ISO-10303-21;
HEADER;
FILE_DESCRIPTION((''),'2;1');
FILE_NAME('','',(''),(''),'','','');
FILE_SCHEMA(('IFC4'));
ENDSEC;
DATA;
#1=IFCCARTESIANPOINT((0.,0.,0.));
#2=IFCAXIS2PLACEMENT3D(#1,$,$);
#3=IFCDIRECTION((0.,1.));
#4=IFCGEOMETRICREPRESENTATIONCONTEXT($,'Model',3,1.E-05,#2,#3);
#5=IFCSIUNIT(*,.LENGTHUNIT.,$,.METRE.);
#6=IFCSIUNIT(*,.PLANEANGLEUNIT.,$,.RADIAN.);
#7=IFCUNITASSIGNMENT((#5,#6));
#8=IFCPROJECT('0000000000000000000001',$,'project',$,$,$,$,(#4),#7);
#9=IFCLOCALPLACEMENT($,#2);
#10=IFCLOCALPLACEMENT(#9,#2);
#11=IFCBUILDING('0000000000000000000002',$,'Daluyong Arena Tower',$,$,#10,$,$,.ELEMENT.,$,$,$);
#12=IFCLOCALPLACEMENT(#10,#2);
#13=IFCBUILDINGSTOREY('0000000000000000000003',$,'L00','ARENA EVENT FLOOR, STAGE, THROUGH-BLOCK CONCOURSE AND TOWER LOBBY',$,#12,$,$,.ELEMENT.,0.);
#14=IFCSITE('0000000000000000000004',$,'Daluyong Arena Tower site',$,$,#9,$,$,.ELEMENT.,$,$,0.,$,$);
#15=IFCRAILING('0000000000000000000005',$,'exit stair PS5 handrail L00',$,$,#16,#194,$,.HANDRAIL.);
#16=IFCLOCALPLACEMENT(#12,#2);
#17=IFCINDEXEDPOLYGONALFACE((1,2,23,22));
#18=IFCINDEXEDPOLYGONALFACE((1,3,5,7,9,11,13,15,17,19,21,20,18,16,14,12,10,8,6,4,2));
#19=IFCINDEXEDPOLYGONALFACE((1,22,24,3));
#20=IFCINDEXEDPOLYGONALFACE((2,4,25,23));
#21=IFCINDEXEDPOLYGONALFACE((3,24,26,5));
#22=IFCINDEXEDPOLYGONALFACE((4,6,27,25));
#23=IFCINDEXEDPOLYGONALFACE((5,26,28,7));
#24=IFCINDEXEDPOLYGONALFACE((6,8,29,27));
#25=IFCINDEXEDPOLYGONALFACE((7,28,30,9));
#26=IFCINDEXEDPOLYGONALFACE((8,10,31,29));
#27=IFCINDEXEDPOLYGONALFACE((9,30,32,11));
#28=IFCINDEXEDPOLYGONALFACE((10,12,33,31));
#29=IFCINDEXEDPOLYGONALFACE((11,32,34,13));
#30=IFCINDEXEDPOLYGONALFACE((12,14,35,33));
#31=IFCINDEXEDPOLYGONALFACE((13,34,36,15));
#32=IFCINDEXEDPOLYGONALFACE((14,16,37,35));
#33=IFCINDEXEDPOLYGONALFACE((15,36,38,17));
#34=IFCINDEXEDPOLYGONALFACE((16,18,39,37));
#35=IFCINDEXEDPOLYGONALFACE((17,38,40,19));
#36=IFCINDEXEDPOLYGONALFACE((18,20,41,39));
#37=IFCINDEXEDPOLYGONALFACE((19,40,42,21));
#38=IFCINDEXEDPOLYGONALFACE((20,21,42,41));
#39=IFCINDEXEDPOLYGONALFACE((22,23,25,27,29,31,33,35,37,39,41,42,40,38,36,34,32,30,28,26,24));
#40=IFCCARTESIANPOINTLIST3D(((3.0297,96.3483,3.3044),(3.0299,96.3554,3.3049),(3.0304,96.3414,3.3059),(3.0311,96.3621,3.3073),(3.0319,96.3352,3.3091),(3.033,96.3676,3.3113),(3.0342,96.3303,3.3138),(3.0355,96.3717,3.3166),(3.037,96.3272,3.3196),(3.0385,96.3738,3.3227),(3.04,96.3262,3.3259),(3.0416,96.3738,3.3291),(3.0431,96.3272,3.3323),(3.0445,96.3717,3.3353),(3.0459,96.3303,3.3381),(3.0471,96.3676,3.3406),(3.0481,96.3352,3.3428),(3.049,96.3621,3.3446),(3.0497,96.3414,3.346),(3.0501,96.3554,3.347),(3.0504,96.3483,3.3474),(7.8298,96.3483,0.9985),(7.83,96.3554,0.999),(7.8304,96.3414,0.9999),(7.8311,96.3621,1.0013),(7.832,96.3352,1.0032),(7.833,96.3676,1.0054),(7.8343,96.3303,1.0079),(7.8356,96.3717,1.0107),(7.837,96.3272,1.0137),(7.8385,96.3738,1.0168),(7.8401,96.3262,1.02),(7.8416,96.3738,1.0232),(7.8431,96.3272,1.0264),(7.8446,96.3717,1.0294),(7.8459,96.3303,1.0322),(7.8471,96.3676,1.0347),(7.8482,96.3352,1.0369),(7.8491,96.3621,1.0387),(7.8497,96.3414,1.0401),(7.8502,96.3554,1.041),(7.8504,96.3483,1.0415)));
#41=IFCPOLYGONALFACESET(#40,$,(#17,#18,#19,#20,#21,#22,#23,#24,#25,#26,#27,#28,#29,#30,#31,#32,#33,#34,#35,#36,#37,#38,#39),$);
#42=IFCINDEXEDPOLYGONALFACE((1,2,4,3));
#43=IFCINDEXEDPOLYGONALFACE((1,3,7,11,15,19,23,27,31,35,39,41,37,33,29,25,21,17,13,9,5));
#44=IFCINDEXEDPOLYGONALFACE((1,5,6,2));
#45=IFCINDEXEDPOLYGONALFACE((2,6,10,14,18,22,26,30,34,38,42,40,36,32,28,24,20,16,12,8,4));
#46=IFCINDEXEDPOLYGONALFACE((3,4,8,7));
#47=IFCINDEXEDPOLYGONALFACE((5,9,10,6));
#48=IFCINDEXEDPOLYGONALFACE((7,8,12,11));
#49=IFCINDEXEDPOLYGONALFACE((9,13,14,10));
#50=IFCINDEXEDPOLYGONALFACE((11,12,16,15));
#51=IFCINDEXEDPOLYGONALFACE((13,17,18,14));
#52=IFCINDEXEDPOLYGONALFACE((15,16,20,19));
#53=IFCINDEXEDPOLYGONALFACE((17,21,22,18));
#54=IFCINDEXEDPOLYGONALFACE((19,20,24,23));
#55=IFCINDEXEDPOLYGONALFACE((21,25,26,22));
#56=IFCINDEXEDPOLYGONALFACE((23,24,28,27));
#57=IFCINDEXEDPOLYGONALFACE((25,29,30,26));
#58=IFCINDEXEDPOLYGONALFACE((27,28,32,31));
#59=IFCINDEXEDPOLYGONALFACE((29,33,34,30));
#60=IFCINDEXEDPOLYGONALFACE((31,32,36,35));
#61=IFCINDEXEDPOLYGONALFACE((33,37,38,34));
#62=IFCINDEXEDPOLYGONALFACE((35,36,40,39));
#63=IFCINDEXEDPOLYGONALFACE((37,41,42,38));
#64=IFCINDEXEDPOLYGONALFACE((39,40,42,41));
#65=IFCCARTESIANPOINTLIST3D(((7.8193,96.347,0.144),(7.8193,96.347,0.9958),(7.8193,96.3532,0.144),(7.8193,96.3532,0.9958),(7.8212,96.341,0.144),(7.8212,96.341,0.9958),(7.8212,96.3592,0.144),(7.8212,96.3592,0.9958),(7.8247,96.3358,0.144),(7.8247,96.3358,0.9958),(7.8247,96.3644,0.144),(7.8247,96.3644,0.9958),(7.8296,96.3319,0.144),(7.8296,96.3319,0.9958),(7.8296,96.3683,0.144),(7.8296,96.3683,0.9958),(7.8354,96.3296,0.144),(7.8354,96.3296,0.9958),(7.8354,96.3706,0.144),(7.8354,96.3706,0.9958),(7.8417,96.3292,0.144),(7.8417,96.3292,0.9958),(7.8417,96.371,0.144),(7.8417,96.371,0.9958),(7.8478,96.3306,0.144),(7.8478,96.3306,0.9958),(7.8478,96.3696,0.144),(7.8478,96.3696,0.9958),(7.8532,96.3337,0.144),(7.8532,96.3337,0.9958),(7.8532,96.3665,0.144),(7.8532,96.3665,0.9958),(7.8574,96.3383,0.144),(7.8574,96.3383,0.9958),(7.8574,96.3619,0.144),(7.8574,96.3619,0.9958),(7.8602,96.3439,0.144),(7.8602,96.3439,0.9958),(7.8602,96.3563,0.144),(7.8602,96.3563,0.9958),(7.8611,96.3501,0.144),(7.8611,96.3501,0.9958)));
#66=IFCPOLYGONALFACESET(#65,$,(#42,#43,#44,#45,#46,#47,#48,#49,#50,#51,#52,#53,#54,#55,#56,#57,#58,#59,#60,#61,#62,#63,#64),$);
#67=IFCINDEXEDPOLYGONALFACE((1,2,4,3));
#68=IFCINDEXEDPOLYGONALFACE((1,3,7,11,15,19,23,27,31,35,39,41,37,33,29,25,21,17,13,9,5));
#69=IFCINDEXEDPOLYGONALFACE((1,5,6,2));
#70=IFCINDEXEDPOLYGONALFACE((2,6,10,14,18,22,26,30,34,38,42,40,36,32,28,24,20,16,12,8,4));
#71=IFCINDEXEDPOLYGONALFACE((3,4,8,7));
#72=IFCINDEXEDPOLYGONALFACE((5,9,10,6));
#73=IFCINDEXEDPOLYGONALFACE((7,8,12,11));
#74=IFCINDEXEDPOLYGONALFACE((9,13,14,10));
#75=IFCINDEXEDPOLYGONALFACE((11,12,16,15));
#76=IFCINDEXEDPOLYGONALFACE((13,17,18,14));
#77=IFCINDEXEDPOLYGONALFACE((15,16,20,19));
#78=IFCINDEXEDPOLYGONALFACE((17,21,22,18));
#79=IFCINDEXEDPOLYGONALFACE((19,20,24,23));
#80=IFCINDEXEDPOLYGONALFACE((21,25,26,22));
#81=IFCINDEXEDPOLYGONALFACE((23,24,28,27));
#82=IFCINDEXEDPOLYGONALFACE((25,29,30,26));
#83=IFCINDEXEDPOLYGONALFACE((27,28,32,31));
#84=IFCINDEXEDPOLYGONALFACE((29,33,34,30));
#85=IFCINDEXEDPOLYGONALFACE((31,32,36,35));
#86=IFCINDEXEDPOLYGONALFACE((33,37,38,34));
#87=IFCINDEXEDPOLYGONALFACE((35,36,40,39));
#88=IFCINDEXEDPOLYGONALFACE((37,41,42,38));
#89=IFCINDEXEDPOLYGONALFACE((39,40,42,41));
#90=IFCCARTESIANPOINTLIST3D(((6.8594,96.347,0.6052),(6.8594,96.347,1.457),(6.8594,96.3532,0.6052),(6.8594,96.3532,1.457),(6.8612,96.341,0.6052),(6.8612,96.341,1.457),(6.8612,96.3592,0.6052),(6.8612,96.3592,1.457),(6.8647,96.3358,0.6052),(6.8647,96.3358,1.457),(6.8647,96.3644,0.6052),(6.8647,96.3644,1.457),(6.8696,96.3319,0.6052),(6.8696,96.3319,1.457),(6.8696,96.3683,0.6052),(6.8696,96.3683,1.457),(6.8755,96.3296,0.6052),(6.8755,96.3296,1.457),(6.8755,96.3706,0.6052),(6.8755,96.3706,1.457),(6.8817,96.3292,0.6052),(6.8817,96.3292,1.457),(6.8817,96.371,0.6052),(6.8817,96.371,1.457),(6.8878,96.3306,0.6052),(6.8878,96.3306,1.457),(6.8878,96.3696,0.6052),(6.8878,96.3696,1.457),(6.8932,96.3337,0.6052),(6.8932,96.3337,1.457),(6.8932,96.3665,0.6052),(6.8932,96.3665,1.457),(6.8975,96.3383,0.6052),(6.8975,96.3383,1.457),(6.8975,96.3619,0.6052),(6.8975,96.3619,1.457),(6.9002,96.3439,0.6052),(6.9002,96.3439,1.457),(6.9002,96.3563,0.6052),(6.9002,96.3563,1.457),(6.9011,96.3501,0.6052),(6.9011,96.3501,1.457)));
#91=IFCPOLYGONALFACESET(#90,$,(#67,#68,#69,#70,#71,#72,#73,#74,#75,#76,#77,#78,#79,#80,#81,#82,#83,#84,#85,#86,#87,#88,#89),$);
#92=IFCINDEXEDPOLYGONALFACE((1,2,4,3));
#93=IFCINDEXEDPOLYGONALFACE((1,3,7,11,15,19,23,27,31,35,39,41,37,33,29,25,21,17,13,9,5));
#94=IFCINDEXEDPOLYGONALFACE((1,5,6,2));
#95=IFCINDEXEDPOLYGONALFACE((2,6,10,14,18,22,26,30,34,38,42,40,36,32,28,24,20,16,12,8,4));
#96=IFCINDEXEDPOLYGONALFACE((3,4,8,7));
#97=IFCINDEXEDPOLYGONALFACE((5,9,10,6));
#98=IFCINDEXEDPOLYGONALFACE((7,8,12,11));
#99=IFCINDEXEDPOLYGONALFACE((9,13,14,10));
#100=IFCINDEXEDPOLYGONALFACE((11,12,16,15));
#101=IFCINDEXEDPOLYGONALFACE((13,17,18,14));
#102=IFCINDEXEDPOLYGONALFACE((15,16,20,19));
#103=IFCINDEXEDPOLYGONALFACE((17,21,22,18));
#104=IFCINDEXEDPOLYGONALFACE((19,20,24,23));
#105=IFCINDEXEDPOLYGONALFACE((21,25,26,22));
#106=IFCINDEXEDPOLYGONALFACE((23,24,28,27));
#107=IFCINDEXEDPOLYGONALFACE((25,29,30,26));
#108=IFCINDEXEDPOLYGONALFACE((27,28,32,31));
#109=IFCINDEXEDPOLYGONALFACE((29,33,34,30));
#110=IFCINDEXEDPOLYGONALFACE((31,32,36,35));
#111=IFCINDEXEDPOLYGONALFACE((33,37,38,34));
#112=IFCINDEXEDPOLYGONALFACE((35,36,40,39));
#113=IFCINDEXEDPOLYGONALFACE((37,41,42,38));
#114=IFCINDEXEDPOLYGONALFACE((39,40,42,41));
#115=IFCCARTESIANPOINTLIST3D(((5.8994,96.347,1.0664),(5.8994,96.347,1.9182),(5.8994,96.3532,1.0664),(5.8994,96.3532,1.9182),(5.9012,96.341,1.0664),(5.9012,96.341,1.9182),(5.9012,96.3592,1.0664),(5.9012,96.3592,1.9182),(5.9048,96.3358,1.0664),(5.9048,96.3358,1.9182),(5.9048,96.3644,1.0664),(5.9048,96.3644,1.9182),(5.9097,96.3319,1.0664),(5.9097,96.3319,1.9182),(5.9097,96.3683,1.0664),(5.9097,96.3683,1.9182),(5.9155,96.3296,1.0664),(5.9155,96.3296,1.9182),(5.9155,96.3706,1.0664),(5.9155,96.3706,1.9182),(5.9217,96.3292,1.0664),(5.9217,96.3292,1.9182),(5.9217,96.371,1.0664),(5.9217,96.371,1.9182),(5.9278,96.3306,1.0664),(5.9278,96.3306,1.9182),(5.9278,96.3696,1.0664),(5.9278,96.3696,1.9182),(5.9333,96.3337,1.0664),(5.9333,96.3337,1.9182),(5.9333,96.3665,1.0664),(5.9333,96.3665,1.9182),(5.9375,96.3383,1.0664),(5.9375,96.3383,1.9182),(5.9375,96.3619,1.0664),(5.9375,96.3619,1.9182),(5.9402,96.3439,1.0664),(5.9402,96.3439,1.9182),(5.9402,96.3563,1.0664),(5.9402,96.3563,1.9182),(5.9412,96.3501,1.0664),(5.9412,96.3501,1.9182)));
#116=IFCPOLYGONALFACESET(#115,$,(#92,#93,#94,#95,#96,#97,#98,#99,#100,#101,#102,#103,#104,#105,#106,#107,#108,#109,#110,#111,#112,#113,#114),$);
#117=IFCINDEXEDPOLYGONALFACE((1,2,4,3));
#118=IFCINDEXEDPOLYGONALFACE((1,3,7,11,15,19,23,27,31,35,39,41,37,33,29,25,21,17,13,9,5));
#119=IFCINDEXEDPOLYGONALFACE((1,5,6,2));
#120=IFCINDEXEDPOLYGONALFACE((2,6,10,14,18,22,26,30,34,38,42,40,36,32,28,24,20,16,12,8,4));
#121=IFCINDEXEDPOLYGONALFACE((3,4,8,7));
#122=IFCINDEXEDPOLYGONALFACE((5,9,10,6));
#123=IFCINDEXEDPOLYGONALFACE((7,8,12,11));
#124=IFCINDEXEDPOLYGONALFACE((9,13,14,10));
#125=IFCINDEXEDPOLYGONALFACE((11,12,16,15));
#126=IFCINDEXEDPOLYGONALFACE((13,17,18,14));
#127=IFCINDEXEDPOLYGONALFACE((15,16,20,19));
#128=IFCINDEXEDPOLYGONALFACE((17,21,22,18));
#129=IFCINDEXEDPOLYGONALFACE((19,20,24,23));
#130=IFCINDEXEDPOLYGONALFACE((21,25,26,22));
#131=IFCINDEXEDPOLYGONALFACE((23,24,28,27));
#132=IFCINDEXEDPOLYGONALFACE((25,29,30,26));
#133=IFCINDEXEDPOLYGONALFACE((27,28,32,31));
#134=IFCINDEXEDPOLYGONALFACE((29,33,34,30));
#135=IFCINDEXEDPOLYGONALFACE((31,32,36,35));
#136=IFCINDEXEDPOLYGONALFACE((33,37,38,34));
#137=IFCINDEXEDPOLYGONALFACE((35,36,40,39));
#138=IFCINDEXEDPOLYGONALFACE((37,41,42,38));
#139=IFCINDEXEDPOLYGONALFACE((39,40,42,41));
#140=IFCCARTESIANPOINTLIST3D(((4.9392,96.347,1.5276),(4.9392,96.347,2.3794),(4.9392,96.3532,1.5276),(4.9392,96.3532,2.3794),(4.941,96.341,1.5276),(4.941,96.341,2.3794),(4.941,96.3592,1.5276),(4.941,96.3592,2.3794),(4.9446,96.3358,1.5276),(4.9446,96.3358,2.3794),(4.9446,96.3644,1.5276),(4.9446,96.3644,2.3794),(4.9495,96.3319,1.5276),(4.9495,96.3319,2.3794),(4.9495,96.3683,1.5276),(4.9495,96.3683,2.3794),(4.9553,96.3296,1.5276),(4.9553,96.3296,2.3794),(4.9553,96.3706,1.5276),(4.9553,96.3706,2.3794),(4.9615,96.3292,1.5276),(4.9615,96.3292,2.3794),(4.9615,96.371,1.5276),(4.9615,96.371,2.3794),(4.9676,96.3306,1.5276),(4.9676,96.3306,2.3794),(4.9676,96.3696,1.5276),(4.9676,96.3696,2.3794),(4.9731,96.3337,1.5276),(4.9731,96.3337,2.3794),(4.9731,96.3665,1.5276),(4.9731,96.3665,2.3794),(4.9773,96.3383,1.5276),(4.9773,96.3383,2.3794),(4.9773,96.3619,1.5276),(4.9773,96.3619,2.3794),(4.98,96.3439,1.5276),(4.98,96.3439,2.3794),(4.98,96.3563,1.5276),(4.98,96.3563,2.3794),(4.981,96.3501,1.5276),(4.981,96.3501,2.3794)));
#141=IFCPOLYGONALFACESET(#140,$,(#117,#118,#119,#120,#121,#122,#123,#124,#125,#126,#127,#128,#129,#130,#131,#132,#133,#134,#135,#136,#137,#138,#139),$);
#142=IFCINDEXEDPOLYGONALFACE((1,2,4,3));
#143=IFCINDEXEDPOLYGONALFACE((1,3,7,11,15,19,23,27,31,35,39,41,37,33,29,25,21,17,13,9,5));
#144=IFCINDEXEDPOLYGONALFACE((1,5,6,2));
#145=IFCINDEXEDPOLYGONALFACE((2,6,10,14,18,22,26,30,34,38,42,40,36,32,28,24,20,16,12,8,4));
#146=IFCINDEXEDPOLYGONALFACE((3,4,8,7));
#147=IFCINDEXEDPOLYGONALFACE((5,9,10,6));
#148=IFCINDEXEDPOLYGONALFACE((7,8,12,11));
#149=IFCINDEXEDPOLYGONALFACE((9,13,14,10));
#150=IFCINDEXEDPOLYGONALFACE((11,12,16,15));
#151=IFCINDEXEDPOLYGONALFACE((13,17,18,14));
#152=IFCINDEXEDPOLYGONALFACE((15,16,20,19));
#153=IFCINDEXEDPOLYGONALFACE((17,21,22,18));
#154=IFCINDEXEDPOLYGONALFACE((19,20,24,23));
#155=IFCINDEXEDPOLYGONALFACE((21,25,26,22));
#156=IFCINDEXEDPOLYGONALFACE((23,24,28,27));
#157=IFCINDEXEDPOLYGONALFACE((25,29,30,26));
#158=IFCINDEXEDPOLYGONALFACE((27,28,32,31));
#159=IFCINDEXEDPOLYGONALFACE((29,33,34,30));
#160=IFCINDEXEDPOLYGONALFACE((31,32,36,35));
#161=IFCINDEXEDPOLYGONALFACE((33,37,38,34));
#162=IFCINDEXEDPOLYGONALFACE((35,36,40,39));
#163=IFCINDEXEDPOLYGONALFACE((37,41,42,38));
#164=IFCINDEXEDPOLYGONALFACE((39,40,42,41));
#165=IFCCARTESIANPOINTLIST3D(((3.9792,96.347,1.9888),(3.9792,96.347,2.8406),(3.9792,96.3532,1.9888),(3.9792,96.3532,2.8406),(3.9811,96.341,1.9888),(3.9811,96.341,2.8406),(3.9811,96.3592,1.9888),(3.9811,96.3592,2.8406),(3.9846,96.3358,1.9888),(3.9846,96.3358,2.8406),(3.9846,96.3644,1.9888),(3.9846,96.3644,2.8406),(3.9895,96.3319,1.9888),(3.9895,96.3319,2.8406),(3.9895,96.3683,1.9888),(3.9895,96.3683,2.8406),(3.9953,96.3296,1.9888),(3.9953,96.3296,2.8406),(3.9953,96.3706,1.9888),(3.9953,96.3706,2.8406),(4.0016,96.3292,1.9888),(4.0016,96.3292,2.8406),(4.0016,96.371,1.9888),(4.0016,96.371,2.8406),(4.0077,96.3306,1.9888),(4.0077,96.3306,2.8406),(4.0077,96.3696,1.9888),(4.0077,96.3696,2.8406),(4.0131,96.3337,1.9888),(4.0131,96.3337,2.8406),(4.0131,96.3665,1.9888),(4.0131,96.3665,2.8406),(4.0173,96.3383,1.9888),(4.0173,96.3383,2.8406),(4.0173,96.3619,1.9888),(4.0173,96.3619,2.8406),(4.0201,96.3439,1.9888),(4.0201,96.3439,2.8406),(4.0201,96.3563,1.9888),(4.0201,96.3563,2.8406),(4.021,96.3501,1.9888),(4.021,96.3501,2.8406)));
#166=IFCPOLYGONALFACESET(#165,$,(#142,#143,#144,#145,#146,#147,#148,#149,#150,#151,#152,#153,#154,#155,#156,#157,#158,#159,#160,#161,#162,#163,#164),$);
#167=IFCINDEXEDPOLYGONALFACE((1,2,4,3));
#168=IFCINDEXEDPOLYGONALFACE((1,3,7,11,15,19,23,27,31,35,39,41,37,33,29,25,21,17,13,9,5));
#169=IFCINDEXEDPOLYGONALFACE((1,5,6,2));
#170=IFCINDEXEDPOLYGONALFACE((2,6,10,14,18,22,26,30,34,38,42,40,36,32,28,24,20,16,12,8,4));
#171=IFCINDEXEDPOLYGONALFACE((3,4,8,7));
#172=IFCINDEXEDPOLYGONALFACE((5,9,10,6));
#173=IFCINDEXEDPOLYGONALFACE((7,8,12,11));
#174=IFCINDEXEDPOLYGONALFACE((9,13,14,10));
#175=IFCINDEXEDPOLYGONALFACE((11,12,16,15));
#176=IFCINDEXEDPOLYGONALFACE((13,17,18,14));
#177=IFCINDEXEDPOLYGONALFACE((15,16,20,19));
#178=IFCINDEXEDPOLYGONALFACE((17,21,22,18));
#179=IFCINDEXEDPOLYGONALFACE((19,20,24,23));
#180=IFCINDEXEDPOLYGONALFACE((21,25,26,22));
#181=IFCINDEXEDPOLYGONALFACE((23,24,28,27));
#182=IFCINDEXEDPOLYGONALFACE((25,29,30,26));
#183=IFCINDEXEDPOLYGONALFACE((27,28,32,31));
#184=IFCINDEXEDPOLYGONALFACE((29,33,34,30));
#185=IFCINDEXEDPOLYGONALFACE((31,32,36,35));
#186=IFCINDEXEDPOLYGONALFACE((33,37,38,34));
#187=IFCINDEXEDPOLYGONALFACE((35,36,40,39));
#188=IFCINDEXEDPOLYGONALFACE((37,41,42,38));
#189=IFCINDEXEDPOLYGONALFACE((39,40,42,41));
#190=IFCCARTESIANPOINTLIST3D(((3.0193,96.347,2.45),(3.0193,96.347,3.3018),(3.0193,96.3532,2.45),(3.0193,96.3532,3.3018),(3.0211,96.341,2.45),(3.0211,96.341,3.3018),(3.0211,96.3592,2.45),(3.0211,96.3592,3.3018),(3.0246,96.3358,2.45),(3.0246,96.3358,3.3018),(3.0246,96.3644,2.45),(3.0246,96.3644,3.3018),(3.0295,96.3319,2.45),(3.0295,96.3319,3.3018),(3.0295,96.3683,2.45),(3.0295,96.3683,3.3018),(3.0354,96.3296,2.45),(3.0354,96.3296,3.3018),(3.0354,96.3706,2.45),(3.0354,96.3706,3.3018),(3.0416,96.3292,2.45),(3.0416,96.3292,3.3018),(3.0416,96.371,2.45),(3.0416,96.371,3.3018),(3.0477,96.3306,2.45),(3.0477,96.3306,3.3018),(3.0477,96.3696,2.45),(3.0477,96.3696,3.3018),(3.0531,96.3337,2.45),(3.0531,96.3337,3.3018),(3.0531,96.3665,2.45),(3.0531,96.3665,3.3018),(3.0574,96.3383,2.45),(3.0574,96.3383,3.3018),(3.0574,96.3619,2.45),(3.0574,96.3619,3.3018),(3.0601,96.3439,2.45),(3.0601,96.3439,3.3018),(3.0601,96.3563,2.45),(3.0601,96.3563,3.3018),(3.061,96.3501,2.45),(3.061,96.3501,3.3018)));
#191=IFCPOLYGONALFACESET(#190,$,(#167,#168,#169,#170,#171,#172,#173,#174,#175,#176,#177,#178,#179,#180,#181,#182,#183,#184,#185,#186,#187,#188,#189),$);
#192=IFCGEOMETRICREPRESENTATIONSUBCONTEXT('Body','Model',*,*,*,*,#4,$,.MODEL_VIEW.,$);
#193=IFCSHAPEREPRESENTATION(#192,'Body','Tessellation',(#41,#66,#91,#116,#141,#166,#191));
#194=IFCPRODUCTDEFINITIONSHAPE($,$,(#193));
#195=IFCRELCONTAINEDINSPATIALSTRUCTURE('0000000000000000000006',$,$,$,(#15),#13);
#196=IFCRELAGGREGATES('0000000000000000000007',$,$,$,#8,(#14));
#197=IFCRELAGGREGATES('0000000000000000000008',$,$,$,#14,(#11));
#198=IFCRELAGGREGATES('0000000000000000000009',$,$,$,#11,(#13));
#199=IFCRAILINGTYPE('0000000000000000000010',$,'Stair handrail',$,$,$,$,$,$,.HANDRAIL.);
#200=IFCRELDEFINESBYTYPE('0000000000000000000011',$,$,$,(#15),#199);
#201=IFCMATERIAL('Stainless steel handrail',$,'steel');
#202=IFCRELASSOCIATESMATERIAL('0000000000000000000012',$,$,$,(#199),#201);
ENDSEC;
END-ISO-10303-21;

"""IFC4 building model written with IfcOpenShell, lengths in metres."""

from ifc_helpers import new_model, si_unit, direction, frame, origin, origin_2d, place, context, subcontext, project, spatial, circle, extrude, material, type_object, element, save


model = new_model("IFC4")

# Units and contexts
model_context = context("Model", 3, precision=1e-05, world=origin(), true_north=direction((0.0, 1.0)))
body_context = subcontext(model_context, "Body", "Model", "MODEL_VIEW")
ifc_project = project(units=[si_unit("LENGTHUNIT", "METRE"), si_unit("PLANEANGLEUNIT", "RADIAN")], contexts=[model_context])

# Site, building, storey
site_placement = place(None, origin())
site = spatial("IfcSite", under=ifc_project, at=site_placement, Name="Daluyong Arena Tower site", CompositionType="ELEMENT", RefElevation=0.0)
building_placement = place(site_placement, origin())
building = spatial("IfcBuilding", under=site, at=building_placement, Name="Daluyong Arena Tower", CompositionType="ELEMENT")
storey_placement = place(building_placement, origin())
storey = spatial("IfcBuildingStorey", under=building, at=storey_placement, Name="L00", Description="ARENA EVENT FLOOR, STAGE, THROUGH-BLOCK CONCOURSE AND TOWER LOBBY", CompositionType="ELEMENT", Elevation=0.0)

# Railing
ifc_material_1 = material(Name="Stainless steel handrail", Category="steel")
railing_type_1 = type_object("IfcRailingType", Name="Stair handrail", PredefinedType="HANDRAIL", material=ifc_material_1)
railing_1_placement = place(storey_placement, frame((7.8401, 96.3501, 0.144)))
element("IfcRailing", 1, at=railing_1_placement, inside=storey, type_object=railing_type_1, Name="exit stair PS5 handrail L00", PredefinedType="HANDRAIL", context=body_context, shape_type="SweptSolid", body=[
    extrude(circle(Radius=0.0239, at=origin_2d()), frame((0.0, 0.0, 0.876), z_axis=(-0.901385, 0.0, 0.433019), x_axis=(0.0, -1.0, 0.0)), (0.0, 0.0, 1.0), 5.3252),
    extrude(circle(Radius=0.021, at=origin_2d()), origin(), (0.0, 0.0, 1.0), 0.8518),
    extrude(circle(Radius=0.021, at=origin_2d()), frame((-0.96, 0.0, 0.4612)), (0.0, 0.0, 1.0), 0.8518),
    extrude(circle(Radius=0.021, at=origin_2d()), frame((-1.9199, 0.0, 0.9224)), (0.0, 0.0, 1.0), 0.8518),
    extrude(circle(Radius=0.021, at=origin_2d()), frame((-2.8801, 0.0, 1.3835)), (0.0, 0.0, 1.0), 0.8518),
    extrude(circle(Radius=0.021, at=origin_2d()), frame((-3.8401, 0.0, 1.8447)), (0.0, 0.0, 1.0), 0.8518),
    extrude(circle(Radius=0.021, at=origin_2d()), frame((-4.8, 0.0, 2.3059)), (0.0, 0.0, 1.0), 0.8518),
])

save(model, "model.ifc")
